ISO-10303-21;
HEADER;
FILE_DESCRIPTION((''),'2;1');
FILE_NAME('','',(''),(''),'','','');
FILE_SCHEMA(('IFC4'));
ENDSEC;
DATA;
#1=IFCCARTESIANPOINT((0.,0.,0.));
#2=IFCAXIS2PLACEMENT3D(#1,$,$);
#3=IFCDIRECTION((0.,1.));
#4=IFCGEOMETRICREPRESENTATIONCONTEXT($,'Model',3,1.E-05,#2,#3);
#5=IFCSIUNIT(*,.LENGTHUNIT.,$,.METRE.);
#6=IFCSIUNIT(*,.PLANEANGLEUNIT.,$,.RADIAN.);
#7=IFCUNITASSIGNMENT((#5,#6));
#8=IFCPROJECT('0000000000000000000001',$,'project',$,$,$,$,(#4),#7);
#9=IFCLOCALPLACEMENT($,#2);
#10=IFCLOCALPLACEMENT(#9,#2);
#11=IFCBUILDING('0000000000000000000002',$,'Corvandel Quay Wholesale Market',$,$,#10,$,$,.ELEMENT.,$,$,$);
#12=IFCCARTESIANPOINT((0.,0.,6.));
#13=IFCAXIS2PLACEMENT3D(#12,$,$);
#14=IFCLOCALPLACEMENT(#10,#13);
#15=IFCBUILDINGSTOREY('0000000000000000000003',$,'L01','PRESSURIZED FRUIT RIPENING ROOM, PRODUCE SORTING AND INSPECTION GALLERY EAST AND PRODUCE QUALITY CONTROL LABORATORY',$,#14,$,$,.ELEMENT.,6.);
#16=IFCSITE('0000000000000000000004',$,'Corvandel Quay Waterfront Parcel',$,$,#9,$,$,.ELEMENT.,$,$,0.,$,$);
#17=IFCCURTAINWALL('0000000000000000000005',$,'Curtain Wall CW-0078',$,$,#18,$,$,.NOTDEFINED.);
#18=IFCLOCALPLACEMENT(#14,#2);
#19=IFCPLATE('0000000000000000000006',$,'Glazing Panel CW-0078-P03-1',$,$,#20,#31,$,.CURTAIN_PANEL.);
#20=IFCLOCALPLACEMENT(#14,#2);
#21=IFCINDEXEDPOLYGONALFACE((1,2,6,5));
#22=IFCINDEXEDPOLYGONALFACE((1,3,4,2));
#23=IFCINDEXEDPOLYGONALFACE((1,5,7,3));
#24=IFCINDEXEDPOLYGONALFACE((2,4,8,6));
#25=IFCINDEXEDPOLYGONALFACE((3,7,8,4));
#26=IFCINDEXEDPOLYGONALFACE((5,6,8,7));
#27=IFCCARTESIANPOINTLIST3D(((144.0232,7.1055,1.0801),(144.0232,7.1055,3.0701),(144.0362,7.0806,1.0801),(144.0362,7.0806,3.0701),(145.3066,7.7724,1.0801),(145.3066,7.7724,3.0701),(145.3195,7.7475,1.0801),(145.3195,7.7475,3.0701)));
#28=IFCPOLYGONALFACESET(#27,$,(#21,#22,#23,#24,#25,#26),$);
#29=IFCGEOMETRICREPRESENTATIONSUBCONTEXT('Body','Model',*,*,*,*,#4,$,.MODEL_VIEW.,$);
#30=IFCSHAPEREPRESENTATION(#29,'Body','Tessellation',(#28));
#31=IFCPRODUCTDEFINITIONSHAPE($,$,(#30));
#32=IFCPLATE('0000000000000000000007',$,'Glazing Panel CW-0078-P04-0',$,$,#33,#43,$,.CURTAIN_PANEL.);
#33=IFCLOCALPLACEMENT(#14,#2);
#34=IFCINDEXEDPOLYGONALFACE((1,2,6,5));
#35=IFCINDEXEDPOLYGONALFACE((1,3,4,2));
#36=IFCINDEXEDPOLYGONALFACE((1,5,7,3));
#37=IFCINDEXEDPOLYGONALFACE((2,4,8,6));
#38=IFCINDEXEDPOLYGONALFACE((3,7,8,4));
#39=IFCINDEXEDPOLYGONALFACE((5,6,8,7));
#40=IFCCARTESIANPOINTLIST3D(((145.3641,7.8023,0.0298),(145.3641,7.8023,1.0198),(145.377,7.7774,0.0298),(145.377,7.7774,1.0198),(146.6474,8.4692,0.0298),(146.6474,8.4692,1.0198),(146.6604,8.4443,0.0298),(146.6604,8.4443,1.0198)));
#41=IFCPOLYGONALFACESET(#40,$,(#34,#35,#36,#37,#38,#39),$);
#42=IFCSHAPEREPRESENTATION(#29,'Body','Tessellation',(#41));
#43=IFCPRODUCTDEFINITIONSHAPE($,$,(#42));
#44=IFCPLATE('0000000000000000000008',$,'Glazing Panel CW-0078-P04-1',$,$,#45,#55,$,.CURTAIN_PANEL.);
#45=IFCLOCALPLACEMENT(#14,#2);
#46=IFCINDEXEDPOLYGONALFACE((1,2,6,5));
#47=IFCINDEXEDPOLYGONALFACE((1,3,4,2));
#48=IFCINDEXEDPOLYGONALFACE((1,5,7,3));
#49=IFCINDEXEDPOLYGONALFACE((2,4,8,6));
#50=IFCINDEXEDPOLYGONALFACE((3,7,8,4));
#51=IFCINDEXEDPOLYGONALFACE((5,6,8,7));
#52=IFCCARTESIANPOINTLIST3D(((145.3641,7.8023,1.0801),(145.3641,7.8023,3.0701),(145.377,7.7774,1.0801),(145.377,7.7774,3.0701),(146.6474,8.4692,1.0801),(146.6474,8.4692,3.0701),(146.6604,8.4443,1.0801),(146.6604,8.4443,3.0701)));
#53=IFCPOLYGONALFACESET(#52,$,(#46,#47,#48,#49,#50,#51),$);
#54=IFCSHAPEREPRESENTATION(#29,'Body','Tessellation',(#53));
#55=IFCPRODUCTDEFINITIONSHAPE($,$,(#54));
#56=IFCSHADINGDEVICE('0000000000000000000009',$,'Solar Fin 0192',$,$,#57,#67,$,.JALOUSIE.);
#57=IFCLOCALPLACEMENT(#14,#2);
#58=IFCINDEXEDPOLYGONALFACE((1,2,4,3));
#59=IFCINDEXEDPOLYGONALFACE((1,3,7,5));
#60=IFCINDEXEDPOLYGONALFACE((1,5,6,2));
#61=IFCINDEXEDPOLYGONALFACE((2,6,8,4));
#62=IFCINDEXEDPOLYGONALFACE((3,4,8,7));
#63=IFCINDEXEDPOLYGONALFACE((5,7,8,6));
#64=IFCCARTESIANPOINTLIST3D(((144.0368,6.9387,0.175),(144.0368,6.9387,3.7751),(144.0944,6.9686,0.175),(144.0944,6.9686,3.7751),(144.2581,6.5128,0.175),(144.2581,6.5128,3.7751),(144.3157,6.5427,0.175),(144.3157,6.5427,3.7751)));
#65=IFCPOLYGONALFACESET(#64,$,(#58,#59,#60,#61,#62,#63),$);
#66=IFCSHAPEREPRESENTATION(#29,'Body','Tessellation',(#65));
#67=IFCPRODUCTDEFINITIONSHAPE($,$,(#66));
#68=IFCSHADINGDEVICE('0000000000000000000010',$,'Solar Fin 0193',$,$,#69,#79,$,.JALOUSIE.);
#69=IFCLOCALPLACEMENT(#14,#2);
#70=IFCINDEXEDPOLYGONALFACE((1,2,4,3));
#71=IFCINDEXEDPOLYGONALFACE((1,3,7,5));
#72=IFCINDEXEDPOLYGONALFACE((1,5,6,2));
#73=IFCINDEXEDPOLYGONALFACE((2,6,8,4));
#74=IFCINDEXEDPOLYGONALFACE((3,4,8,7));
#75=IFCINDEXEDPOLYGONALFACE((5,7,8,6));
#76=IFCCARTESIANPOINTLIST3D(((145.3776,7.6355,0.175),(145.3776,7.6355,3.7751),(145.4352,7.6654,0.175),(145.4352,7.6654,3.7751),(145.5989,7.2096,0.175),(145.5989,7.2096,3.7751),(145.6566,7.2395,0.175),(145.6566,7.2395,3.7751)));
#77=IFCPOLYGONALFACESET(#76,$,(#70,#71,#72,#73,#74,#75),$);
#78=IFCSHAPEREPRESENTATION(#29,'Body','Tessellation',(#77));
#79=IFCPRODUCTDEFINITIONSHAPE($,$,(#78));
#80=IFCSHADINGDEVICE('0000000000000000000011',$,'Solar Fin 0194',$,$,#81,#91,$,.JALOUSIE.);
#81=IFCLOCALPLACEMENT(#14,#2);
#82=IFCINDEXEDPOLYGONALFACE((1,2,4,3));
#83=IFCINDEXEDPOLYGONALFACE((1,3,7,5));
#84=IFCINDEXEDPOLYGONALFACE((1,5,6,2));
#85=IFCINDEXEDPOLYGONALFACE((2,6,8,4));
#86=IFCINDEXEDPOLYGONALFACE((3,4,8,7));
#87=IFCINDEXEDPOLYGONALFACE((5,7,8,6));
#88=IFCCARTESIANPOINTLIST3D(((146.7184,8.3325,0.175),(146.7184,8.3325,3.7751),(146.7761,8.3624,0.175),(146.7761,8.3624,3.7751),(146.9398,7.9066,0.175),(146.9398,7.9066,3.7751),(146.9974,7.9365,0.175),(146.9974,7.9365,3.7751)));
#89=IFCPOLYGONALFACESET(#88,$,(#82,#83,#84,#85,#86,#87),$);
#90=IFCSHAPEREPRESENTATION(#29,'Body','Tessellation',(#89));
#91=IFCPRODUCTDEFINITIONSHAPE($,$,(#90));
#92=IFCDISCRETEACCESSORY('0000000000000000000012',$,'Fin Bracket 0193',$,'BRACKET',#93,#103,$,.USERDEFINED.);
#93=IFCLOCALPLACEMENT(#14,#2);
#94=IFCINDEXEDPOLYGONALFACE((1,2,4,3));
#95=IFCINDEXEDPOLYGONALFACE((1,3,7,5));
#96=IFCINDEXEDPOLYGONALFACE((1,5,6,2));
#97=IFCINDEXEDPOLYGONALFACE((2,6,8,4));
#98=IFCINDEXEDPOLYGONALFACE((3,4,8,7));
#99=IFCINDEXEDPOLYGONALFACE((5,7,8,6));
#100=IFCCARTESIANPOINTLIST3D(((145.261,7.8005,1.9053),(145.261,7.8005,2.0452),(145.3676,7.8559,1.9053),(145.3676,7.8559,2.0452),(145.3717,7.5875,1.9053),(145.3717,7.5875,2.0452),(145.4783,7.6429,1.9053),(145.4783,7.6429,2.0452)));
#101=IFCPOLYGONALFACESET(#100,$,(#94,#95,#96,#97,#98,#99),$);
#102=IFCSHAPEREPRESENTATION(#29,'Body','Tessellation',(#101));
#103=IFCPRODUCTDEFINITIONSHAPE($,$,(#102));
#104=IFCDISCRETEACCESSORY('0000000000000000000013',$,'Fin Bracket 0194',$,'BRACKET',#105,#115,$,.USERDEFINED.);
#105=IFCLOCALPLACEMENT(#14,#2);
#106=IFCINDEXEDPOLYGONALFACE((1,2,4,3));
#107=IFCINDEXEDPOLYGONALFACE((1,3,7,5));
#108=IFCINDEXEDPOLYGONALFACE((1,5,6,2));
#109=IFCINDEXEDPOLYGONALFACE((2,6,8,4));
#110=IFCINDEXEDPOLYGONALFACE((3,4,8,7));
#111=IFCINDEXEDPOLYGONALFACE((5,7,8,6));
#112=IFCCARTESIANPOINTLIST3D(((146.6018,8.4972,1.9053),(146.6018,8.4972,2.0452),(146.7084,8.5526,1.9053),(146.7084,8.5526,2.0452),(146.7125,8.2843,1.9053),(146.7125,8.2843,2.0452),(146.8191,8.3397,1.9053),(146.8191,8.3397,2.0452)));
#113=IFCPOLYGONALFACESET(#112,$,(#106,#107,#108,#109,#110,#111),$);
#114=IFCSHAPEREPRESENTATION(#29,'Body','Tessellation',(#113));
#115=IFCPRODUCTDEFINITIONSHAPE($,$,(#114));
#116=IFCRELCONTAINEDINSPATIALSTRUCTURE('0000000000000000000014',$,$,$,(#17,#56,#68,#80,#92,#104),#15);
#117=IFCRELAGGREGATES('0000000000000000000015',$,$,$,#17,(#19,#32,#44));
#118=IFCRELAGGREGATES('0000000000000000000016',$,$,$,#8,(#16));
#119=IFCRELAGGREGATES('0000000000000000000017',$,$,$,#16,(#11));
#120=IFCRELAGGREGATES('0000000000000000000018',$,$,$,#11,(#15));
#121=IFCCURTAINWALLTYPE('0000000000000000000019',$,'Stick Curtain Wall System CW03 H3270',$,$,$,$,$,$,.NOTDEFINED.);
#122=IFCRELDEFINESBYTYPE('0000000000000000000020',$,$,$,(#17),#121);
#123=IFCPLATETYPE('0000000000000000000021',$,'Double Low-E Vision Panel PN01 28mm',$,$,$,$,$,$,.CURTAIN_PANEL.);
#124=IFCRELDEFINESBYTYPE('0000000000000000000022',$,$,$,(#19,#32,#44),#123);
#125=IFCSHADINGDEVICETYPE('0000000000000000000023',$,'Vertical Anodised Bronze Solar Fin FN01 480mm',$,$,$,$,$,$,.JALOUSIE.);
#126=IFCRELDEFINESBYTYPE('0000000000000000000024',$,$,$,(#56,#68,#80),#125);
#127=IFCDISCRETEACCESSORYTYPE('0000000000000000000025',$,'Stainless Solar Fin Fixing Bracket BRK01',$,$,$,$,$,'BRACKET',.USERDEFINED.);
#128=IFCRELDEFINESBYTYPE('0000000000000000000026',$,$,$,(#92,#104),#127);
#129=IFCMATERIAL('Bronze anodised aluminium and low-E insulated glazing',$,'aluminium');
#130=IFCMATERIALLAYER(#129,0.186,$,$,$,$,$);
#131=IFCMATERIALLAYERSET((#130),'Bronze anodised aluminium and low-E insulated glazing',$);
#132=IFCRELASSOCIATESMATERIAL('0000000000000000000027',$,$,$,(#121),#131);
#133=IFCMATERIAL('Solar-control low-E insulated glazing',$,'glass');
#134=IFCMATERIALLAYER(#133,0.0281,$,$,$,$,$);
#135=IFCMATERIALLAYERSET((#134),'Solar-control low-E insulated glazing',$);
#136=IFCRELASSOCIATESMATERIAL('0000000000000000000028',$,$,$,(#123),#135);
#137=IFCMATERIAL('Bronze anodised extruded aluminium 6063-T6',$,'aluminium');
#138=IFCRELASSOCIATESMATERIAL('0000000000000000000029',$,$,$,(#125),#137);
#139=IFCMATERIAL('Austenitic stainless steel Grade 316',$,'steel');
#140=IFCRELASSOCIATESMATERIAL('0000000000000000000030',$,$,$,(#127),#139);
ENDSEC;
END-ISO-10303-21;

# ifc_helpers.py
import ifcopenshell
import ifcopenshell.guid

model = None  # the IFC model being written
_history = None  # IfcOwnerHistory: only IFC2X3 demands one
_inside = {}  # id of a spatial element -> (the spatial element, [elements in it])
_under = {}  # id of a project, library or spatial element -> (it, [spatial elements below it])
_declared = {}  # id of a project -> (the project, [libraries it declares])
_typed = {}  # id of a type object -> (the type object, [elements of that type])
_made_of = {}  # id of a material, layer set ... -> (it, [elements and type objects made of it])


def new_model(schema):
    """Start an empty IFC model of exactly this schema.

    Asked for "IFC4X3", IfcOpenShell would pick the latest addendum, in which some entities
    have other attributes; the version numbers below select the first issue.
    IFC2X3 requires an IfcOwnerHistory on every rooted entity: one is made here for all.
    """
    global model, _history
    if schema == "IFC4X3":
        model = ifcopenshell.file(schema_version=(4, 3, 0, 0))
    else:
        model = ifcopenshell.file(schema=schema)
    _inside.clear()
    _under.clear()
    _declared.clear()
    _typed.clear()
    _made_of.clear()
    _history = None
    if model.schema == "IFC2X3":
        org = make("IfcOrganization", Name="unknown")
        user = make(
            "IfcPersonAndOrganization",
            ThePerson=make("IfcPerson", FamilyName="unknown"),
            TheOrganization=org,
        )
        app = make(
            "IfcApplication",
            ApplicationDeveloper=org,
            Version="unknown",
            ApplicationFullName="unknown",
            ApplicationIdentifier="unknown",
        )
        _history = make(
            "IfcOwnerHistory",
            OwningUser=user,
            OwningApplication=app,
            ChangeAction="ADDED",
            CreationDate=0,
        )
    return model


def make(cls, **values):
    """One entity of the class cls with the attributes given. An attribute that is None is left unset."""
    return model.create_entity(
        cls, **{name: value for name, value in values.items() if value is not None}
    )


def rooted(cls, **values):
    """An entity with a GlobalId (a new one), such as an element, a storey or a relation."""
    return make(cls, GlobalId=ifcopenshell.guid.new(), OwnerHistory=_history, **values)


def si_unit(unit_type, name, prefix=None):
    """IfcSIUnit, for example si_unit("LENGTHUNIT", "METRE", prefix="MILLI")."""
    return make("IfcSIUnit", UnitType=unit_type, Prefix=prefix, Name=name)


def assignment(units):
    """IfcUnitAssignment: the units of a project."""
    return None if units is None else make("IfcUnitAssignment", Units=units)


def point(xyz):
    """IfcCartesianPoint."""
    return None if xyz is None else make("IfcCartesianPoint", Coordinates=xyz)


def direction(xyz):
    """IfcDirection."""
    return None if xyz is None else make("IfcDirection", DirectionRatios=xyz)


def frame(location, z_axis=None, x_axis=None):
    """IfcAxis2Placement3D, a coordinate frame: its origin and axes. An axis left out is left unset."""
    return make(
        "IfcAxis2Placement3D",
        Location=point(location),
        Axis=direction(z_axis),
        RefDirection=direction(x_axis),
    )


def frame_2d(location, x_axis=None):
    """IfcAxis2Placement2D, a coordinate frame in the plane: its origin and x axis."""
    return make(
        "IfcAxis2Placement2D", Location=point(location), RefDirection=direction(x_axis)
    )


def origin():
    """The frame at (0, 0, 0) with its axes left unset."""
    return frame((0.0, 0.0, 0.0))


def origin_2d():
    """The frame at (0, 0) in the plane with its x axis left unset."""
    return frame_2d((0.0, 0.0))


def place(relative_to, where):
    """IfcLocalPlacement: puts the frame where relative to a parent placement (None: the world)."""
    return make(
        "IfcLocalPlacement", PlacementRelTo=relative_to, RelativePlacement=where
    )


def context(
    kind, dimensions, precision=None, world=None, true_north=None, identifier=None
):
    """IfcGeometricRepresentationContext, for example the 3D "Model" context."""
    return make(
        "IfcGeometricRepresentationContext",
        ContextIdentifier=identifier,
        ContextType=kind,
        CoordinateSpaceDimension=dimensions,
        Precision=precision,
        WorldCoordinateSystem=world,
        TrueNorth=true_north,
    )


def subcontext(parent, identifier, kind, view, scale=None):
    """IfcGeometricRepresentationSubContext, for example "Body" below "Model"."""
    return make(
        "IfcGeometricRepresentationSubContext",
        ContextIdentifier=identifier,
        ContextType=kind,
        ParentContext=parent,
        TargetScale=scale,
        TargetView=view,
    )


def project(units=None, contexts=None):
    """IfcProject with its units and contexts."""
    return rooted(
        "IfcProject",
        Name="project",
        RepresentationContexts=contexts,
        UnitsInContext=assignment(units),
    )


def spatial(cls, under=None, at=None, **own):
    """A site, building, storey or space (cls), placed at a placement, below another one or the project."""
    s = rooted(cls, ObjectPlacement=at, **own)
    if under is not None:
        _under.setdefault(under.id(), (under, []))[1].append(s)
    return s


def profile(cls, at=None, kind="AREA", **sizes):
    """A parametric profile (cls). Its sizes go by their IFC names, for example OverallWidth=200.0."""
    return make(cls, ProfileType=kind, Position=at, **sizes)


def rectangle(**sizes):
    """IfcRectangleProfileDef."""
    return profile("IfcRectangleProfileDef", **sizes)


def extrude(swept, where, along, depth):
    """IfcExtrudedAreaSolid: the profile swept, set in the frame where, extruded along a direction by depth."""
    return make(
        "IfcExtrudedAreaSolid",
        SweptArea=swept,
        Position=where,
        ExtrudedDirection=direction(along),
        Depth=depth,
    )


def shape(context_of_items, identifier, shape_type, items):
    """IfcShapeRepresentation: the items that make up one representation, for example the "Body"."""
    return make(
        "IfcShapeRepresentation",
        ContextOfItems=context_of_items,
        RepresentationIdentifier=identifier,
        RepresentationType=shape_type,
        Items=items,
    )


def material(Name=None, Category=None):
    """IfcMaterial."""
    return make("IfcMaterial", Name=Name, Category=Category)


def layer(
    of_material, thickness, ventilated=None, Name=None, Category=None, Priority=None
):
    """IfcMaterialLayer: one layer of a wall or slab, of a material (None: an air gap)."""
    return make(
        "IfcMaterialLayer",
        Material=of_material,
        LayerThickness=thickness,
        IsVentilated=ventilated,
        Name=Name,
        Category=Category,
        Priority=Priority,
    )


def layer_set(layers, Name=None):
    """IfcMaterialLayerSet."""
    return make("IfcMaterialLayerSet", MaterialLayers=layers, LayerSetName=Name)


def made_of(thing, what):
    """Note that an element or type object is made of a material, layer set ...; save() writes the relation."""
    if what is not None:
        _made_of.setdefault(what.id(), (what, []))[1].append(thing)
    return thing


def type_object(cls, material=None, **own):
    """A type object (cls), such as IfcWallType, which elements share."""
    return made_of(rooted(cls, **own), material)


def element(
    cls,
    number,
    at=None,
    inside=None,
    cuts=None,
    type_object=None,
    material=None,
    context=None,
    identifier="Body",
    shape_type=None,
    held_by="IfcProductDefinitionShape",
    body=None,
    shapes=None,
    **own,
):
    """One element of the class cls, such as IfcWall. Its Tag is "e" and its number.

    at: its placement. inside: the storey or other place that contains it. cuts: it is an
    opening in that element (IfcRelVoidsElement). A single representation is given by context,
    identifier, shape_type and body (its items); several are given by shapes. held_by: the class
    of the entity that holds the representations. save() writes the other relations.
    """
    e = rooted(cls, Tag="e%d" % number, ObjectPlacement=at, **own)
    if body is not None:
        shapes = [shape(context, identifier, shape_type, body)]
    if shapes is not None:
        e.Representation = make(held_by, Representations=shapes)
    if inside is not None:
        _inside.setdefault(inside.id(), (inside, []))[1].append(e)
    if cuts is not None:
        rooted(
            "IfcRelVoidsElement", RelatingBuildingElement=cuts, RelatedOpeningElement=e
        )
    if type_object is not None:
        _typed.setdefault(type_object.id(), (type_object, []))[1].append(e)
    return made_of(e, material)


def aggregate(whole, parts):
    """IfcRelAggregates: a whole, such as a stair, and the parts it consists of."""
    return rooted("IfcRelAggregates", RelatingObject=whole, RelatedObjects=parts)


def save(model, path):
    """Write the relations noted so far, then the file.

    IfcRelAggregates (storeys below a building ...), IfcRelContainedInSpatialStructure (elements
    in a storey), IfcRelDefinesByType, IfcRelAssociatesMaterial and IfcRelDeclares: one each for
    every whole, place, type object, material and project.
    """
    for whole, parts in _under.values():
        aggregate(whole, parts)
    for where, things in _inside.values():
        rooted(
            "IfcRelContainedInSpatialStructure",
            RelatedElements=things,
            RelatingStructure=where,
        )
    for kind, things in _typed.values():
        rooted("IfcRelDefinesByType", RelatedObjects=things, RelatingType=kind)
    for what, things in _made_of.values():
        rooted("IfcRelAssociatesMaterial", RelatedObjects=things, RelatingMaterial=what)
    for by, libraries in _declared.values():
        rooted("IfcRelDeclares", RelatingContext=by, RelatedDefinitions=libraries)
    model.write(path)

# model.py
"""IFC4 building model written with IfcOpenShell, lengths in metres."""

from ifc_helpers import new_model, si_unit, direction, frame, origin, origin_2d, place, context, subcontext, project, spatial, rectangle, extrude, material, layer, layer_set, type_object, element, aggregate, save


model = new_model("IFC4")

# Units and contexts
model_context = context("Model", 3, precision=1e-05, world=origin(), true_north=direction((0.0, 1.0)))
body_context = subcontext(model_context, "Body", "Model", "MODEL_VIEW")
ifc_project = project(units=[si_unit("LENGTHUNIT", "METRE"), si_unit("PLANEANGLEUNIT", "RADIAN")], contexts=[model_context])

# Site, building, storey
site_placement = place(None, origin())
site = spatial("IfcSite", under=ifc_project, at=site_placement, Name="Corvandel Quay Waterfront Parcel", CompositionType="ELEMENT", RefElevation=0.0)
building_placement = place(site_placement, origin())
building = spatial("IfcBuilding", under=site, at=building_placement, Name="Corvandel Quay Wholesale Market", CompositionType="ELEMENT")
storey_placement = place(building_placement, frame((0.0, 0.0, 6.0)))
storey = spatial("IfcBuildingStorey", under=building, at=storey_placement, Name="L01", Description="PRESSURIZED FRUIT RIPENING ROOM, PRODUCE SORTING AND INSPECTION GALLERY EAST AND PRODUCE QUALITY CONTROL LABORATORY", CompositionType="ELEMENT", Elevation=6.0)

# Curtain wall, plates
ifc_material_1 = material(Name="Bronze anodised aluminium and low-E insulated glazing", Category="aluminium")
ifc_layer_1 = layer(ifc_material_1, 0.186)
ifc_layer_set_1 = layer_set([ifc_layer_1], Name="Bronze anodised aluminium and low-E insulated glazing")
curtain_wall_type = type_object("IfcCurtainWallType", Name="Stick Curtain Wall System CW03 H3270", PredefinedType="NOTDEFINED", material=ifc_layer_set_1)
curtain_wall_placement = place(storey_placement, origin())
curtain_wall = element("IfcCurtainWall", 1, at=curtain_wall_placement, inside=storey, type_object=curtain_wall_type, Name="Curtain Wall CW-0078", PredefinedType="NOTDEFINED")
ifc_material_2 = material(Name="Solar-control low-E insulated glazing", Category="glass")
ifc_layer_2 = layer(ifc_material_2, 0.0281)
ifc_layer_set_2 = layer_set([ifc_layer_2], Name="Solar-control low-E insulated glazing")
plate_type_1 = type_object("IfcPlateType", Name="Double Low-E Vision Panel PN01 28mm", PredefinedType="CURTAIN_PANEL", material=ifc_layer_set_2)
plate_1_placement = place(storey_placement, frame((144.6714, 7.4265, 1.0801), z_axis=(0.0, 0.0, 1.0), x_axis=(0.887333, 0.461129, 0.0)))
plate_1 = element("IfcPlate", 2, at=plate_1_placement, type_object=plate_type_1, Name="Glazing Panel CW-0078-P03-1", PredefinedType="CURTAIN_PANEL", context=body_context, shape_type="SweptSolid", body=[
    extrude(rectangle(XDim=1.4463, YDim=0.0281, at=origin_2d()), origin(), (0.0, 0.0, 1.0), 1.99),
])
plate_2_placement = place(storey_placement, frame((146.0122, 8.1233, 0.0298), z_axis=(0.0, 0.0, 1.0), x_axis=(0.887333, 0.461129, 0.0)))
plate_2 = element("IfcPlate", 3, at=plate_2_placement, type_object=plate_type_1, Name="Glazing Panel CW-0078-P04-0", PredefinedType="CURTAIN_PANEL", context=body_context, shape_type="SweptSolid", body=[
    extrude(rectangle(XDim=1.4463, YDim=0.0281, at=origin_2d()), origin(), (0.0, 0.0, 1.0), 0.99),
])
plate_3_placement = place(storey_placement, frame((146.0122, 8.1233, 1.0801), z_axis=(0.0, 0.0, 1.0), x_axis=(0.887333, 0.461129, 0.0)))
plate_3 = element("IfcPlate", 4, at=plate_3_placement, type_object=plate_type_1, Name="Glazing Panel CW-0078-P04-1", PredefinedType="CURTAIN_PANEL", context=body_context, shape_type="SweptSolid", body=[
    extrude(rectangle(XDim=1.4463, YDim=0.0281, at=origin_2d()), origin(), (0.0, 0.0, 1.0), 1.99),
])
aggregate(curtain_wall, [plate_1, plate_2, plate_3])

# Shading devices
ifc_material_3 = material(Name="Bronze anodised extruded aluminium 6063-T6", Category="aluminium")
shading_device_type = type_object("IfcShadingDeviceType", Name="Vertical Anodised Bronze Solar Fin FN01 480mm", PredefinedType="JALOUSIE", material=ifc_material_3)
for number, where, z_axis, x_axis, name in (
    (5, (144.1763, 6.7407, 0.175), (0.0, 0.0, 1.0), (-0.461129, 0.887333, 0.0), "Solar Fin 0192"),
    (6, (145.5171, 7.4375, 0.175), (0.0, 0.0, 1.0), (-0.461129, 0.887333, 0.0), "Solar Fin 0193"),
    (7, (146.8579, 8.1345, 0.175), (0.0, 0.0, 1.0), (-0.461129, 0.887333, 0.0), "Solar Fin 0194"),
):
    element("IfcShadingDevice", number, at=place(storey_placement, frame(where, z_axis=z_axis, x_axis=x_axis)), inside=storey, type_object=shading_device_type, Name=name, PredefinedType="JALOUSIE", context=body_context, shape_type="SweptSolid", body=[
        extrude(rectangle(XDim=0.48, YDim=0.0649, at=origin_2d()), origin(), (0.0, 0.0, 1.0), 3.6001),
    ])

# Discrete accessories
ifc_material_4 = material(Name="Austenitic stainless steel Grade 316", Category="steel")
discrete_accessory_type = type_object("IfcDiscreteAccessoryType", Name="Stainless Solar Fin Fixing Bracket BRK01", ElementType="BRACKET", PredefinedType="USERDEFINED", material=ifc_material_4)
for number, where, z_axis, x_axis, name in (
    (8, (145.3696, 7.7217, 1.9053), (0.0, 0.0, 1.0), (-0.461129, 0.887333, 0.0), "Fin Bracket 0193"),
    (9, (146.7104, 8.4185, 1.9053), (0.0, 0.0, 1.0), (-0.461129, 0.887333, 0.0), "Fin Bracket 0194"),
):
    element("IfcDiscreteAccessory", number, at=place(storey_placement, frame(where, z_axis=z_axis, x_axis=x_axis)), inside=storey, type_object=discrete_accessory_type, Name=name, ObjectType="BRACKET", PredefinedType="USERDEFINED", context=body_context, shape_type="SweptSolid", body=[
        extrude(rectangle(XDim=0.24, YDim=0.1201, at=origin_2d()), origin(), (0.0, 0.0, 1.0), 0.1399),
    ])

save(model, "model.ifc")
